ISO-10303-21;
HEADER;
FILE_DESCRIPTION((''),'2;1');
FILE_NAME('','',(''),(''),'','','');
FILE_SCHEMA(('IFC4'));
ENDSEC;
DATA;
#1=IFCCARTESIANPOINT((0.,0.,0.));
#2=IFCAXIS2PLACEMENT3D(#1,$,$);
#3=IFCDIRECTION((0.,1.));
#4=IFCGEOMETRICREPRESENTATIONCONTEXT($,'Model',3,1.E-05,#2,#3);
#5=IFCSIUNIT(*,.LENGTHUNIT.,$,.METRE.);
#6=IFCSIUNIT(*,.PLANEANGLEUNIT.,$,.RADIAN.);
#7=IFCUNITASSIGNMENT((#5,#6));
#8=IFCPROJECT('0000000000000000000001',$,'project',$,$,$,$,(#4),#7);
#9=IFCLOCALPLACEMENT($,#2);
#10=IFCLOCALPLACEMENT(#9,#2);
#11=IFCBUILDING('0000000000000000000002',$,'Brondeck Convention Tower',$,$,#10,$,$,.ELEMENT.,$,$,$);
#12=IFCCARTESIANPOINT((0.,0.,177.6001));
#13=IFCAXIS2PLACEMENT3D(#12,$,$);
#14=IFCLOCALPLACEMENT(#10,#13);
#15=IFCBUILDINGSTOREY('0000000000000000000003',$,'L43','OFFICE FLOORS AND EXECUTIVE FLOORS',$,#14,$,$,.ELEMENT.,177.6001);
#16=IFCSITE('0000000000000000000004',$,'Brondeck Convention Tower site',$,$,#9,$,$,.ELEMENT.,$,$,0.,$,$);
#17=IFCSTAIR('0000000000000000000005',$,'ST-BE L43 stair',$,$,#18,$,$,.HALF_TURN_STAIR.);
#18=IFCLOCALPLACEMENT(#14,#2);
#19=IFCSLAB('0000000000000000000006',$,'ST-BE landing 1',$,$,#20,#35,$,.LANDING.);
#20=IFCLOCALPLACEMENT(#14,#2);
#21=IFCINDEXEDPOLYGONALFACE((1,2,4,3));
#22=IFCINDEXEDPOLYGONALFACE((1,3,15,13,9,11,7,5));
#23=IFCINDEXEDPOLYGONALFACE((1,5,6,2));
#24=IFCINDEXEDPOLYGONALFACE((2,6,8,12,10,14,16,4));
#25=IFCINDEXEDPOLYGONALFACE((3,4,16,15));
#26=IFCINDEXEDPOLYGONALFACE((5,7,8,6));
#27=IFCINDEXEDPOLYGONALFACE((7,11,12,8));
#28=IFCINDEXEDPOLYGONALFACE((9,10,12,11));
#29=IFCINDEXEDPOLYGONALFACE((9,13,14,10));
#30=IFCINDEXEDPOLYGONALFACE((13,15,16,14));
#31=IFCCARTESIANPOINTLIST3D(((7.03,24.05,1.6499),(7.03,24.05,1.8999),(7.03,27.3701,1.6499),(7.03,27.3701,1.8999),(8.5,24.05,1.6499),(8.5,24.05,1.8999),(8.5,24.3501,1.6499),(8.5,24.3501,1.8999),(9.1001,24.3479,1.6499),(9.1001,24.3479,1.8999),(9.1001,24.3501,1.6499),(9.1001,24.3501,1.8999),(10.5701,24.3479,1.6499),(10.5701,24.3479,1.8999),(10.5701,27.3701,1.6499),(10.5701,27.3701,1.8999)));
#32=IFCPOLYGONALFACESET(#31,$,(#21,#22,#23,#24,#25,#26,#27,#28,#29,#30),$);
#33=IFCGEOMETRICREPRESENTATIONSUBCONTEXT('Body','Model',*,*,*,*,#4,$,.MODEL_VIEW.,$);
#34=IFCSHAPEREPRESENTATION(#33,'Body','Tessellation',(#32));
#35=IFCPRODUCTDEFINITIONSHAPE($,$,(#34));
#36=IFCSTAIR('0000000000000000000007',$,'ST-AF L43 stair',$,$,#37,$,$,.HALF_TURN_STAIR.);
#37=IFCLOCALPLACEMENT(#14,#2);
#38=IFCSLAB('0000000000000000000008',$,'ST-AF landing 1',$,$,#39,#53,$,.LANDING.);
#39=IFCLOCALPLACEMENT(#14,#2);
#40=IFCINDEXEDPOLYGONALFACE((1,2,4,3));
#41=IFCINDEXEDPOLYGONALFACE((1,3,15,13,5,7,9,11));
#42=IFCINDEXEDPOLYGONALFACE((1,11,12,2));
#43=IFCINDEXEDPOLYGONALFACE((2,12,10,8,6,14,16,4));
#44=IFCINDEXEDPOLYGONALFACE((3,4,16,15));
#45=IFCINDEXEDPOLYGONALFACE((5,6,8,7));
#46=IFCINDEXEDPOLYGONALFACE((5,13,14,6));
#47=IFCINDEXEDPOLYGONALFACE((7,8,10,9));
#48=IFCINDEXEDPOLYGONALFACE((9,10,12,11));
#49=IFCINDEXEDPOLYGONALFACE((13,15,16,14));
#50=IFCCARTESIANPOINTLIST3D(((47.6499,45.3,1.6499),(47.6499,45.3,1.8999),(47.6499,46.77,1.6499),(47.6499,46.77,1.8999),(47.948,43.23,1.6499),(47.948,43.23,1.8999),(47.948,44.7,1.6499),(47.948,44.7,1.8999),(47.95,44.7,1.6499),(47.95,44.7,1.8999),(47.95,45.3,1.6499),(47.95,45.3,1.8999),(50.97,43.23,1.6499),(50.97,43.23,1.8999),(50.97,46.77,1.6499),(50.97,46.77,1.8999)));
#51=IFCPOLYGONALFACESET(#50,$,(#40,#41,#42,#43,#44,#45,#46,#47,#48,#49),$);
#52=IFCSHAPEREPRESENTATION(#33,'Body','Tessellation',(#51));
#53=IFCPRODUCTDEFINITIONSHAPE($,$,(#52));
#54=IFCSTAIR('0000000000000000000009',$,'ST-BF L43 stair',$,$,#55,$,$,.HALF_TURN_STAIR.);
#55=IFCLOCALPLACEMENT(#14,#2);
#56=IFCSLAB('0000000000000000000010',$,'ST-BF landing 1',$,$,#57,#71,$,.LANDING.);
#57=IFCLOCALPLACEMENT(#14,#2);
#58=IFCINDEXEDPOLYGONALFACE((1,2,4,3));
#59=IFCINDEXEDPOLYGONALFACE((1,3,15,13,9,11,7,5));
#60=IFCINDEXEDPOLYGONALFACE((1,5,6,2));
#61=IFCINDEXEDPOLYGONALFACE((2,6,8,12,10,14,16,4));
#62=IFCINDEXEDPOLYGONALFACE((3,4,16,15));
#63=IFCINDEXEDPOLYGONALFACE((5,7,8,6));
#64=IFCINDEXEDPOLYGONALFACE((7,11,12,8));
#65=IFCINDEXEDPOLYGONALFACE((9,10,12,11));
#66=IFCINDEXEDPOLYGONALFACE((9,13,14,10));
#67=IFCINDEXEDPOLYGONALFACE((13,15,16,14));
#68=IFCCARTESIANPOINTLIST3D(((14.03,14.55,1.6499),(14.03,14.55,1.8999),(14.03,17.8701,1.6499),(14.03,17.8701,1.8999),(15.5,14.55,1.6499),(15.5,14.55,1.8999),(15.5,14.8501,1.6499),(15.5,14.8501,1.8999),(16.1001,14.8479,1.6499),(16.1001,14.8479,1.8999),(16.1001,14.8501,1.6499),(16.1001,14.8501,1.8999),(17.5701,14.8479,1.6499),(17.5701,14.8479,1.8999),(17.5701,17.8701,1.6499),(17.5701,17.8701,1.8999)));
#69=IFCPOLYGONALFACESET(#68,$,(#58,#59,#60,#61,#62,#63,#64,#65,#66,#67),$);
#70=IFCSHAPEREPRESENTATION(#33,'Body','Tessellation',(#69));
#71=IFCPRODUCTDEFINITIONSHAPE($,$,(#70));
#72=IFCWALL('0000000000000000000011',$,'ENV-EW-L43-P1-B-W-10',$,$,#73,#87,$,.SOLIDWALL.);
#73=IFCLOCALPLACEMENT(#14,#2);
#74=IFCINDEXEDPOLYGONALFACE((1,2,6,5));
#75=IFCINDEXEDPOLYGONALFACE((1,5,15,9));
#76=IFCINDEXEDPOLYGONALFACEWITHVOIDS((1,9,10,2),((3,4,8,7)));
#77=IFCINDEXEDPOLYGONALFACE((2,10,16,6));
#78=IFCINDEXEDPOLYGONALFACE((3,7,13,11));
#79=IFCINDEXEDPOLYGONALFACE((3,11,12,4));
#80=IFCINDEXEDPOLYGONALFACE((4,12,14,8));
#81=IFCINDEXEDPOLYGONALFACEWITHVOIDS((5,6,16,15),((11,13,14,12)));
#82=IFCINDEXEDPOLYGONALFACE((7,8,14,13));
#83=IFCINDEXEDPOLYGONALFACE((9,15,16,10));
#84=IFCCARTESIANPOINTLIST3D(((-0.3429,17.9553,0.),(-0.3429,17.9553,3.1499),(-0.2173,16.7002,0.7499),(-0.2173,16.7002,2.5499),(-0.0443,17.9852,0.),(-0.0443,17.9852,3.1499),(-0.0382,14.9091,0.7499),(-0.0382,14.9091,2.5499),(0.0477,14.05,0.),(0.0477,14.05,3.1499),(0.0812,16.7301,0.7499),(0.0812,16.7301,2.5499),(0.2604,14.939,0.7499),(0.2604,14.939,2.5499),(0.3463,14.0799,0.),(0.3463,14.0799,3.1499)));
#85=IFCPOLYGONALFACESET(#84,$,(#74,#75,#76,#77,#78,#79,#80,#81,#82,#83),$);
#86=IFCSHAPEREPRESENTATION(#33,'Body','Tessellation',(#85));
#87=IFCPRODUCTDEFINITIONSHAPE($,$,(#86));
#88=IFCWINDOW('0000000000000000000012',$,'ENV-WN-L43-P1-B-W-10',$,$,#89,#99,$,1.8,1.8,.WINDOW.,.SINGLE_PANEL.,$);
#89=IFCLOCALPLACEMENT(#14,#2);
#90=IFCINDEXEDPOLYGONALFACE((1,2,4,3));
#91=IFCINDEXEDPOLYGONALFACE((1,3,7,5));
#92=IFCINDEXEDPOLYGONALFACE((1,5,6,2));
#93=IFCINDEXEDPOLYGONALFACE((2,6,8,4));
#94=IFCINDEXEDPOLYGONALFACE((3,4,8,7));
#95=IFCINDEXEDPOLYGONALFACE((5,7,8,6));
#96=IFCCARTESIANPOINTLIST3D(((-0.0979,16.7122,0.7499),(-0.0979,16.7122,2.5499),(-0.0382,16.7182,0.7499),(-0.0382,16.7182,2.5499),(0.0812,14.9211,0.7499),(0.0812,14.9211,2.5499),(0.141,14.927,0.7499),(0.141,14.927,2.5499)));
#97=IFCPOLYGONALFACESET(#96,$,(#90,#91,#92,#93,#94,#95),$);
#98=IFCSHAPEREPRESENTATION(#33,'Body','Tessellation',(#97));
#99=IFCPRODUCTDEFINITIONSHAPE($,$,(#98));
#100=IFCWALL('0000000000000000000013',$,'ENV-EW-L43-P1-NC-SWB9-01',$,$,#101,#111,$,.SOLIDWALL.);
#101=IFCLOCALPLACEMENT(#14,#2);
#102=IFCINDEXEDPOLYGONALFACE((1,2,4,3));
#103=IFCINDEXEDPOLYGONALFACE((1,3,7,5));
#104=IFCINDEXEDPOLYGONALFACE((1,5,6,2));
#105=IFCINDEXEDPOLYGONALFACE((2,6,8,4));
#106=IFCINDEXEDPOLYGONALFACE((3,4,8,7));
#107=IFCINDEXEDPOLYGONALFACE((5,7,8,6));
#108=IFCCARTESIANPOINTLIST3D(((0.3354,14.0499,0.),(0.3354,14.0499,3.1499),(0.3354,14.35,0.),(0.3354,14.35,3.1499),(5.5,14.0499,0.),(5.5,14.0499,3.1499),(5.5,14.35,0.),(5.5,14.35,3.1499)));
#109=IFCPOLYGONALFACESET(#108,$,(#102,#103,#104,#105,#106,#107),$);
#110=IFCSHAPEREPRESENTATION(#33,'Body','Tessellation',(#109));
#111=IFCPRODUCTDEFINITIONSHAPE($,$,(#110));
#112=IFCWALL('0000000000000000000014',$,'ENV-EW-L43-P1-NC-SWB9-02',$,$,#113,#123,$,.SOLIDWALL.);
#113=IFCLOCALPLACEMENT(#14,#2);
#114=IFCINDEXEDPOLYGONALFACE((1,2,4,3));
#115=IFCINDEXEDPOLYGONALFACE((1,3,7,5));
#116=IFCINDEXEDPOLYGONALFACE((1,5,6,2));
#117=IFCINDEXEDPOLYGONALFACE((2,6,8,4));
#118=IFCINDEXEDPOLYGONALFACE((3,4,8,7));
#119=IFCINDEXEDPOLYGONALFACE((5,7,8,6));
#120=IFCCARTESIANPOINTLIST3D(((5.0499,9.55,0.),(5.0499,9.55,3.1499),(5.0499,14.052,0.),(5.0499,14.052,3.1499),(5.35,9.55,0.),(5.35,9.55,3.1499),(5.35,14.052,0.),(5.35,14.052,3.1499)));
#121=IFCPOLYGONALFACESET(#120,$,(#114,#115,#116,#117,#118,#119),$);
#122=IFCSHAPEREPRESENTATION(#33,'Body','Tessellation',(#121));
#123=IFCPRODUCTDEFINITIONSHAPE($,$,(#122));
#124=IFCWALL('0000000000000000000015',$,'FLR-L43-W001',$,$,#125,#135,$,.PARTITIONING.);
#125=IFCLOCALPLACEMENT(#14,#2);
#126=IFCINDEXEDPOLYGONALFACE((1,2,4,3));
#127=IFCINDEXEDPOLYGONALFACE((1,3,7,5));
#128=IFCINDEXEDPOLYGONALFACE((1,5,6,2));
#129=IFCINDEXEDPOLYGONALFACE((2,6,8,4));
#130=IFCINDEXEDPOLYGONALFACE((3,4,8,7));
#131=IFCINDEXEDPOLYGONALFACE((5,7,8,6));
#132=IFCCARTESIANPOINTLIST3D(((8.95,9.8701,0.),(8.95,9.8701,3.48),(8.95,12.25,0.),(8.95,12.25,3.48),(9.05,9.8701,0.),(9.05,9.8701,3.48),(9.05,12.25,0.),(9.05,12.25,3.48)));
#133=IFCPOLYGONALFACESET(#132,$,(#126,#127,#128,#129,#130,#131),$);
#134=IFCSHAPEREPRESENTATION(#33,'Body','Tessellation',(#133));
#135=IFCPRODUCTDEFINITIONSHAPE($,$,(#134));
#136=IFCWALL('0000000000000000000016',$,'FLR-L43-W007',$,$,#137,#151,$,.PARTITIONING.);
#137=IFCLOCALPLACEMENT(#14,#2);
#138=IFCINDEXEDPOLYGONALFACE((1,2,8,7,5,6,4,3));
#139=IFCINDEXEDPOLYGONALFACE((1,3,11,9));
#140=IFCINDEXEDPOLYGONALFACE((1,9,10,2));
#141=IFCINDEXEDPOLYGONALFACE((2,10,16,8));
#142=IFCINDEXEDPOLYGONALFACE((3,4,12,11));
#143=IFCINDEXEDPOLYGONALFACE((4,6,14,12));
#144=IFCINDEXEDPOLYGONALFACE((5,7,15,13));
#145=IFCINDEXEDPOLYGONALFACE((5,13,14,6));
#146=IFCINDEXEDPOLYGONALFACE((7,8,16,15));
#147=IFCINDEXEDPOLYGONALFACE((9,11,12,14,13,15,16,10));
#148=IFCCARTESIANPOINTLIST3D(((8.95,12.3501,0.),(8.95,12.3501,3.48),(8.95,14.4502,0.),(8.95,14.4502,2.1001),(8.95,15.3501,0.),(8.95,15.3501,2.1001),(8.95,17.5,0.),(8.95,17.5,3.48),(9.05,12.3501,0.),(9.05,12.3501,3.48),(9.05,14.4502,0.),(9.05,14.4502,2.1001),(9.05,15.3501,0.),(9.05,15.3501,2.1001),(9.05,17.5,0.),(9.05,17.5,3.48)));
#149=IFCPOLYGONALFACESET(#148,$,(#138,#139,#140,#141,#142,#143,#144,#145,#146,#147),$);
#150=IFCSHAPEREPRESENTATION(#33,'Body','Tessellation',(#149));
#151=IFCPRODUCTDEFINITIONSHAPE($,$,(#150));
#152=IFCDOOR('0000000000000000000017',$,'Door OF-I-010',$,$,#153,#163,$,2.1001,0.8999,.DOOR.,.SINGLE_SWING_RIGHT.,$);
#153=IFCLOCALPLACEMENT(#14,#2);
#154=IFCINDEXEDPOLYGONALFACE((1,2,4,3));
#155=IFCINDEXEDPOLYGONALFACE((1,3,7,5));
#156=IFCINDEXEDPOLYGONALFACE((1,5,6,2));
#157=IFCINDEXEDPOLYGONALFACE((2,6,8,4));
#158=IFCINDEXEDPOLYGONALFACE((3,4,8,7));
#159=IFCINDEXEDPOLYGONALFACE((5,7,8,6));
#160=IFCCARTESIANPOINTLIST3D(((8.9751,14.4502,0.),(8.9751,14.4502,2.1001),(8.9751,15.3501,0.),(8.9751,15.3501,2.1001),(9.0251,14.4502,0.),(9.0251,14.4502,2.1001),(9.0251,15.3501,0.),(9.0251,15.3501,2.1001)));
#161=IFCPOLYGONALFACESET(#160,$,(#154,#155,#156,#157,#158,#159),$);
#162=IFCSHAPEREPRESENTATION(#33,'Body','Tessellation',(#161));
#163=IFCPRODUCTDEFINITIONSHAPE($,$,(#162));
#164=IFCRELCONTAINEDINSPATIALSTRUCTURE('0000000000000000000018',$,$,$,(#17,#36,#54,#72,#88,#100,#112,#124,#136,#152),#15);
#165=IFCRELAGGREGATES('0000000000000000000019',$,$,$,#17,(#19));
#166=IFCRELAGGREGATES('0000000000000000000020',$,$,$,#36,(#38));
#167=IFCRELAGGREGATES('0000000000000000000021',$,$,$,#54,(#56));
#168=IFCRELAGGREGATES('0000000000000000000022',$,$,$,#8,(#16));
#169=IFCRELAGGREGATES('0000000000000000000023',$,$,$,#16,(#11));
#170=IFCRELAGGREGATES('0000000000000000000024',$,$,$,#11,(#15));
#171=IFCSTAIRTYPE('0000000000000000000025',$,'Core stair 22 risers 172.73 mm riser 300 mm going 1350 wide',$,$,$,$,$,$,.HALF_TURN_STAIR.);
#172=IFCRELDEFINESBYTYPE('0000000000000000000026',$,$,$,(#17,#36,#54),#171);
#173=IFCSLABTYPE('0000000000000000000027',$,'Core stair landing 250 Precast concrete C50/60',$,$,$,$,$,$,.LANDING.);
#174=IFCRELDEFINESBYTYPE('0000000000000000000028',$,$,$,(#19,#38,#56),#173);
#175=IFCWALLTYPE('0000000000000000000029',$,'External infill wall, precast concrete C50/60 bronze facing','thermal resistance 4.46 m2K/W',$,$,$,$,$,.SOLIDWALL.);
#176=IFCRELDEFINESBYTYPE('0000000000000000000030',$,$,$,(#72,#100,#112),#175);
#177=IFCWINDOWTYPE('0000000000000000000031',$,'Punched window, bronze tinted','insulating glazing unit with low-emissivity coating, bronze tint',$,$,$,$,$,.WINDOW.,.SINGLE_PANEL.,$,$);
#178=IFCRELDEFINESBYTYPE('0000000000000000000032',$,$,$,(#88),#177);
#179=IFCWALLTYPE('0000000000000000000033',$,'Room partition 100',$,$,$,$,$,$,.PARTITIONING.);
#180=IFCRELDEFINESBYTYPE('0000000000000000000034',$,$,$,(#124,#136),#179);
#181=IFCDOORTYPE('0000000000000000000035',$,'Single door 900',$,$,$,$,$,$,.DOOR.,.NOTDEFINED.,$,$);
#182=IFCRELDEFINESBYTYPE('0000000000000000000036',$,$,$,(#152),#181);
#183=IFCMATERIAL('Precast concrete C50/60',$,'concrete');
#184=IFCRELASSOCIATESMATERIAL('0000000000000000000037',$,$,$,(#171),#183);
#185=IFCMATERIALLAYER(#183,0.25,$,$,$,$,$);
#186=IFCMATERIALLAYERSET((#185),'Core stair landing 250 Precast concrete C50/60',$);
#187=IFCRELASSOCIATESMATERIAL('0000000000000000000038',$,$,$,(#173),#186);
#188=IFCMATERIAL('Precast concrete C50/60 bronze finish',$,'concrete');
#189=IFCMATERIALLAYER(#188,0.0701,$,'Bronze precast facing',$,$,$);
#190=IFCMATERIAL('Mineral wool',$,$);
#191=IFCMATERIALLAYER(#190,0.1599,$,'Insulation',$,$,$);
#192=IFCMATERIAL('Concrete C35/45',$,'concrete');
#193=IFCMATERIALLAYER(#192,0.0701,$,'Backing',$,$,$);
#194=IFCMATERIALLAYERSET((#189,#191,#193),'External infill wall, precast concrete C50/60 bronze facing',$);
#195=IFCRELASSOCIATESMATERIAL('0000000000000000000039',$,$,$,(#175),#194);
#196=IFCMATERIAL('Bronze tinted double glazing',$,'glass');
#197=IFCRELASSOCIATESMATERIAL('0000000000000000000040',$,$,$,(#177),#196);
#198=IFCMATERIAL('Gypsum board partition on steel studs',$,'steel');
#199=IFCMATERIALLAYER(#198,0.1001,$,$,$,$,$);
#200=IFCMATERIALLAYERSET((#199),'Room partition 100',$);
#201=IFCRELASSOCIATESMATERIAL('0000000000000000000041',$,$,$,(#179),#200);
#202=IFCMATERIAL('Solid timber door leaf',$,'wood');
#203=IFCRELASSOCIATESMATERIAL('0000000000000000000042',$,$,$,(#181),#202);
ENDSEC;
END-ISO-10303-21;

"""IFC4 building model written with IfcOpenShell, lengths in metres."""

from ifc_helpers import new_model, si_unit, direction, frame, frame_2d, origin, place, context, subcontext, project, spatial, polyline, rectangle, outline, extrude, material, layer, layer_set, type_object, element, fill, aggregate, save


model = new_model("IFC4")

# Units and contexts
model_context = context("Model", 3, precision=1e-05, world=origin(), true_north=direction((0.0, 1.0)))
body_context = subcontext(model_context, "Body", "Model", "MODEL_VIEW")
ifc_project = project(units=[si_unit("LENGTHUNIT", "METRE"), si_unit("PLANEANGLEUNIT", "RADIAN")], contexts=[model_context])

# Site, building, storey
site_placement = place(None, origin())
site = spatial("IfcSite", under=ifc_project, at=site_placement, Name="Brondeck Convention Tower site", CompositionType="ELEMENT", RefElevation=0.0)
building_placement = place(site_placement, origin())
building = spatial("IfcBuilding", under=site, at=building_placement, Name="Brondeck Convention Tower", CompositionType="ELEMENT")
storey_placement = place(building_placement, frame((0.0, 0.0, 177.6001)))
storey = spatial("IfcBuildingStorey", under=building, at=storey_placement, Name="L43", Description="OFFICE FLOORS AND EXECUTIVE FLOORS", CompositionType="ELEMENT", Elevation=177.6001)

# Shared definitions
ifc_material_1 = material(Name="Concrete C35/45", Category="concrete")

# Stairs, slabs
ifc_material_2 = material(Name="Precast concrete C50/60", Category="concrete")
stair_type = type_object("IfcStairType", Name="Core stair 22 risers 172.73 mm riser 300 mm going 1350 wide", PredefinedType="HALF_TURN_STAIR", material=ifc_material_2)
ifc_layer_1 = layer(ifc_material_2, 0.25)
ifc_layer_set_1 = layer_set([ifc_layer_1], Name="Core stair landing 250 Precast concrete C50/60")
slab_type_1 = type_object("IfcSlabType", Name="Core stair landing 250 Precast concrete C50/60", PredefinedType="LANDING", material=ifc_layer_set_1)
stair_1_placement = place(storey_placement, origin())
stair_1 = element("IfcStair", 1, at=stair_1_placement, inside=storey, type_object=stair_type, Name="ST-BE L43 stair", PredefinedType="HALF_TURN_STAIR")
slab_1_placement = place(storey_placement, frame((0.0, 0.0, 1.6499)))
slab_1 = element("IfcSlab", 2, at=slab_1_placement, type_object=slab_type_1, Name="ST-BE landing 1", PredefinedType="LANDING", context=body_context, shape_type="SweptSolid", body=[
    extrude(outline(polyline([(7.03, 24.05), (7.03, 27.3701), (10.5701, 27.3701), (10.5701, 24.3479), (9.1001, 24.3479), (9.1001, 24.3501), (8.5, 24.3501), (8.5, 24.05), (7.03, 24.05)])), origin(), (0.0, 0.0, 1.0), 0.25),
])
aggregate(stair_1, [slab_1])
stair_2_placement = place(storey_placement, origin())
stair_2 = element("IfcStair", 3, at=stair_2_placement, inside=storey, type_object=stair_type, Name="ST-AF L43 stair", PredefinedType="HALF_TURN_STAIR")
slab_2_placement = place(storey_placement, frame((0.0, 0.0, 1.6499)))
slab_2 = element("IfcSlab", 4, at=slab_2_placement, type_object=slab_type_1, Name="ST-AF landing 1", PredefinedType="LANDING", context=body_context, shape_type="SweptSolid", body=[
    extrude(outline(polyline([(47.948, 44.7), (47.95, 44.7), (47.95, 45.3), (47.6499, 45.3), (47.6499, 46.77), (50.97, 46.77), (50.97, 43.23), (47.948, 43.23), (47.948, 44.7)])), origin(), (0.0, 0.0, 1.0), 0.25),
])
aggregate(stair_2, [slab_2])
stair_3_placement = place(storey_placement, origin())
stair_3 = element("IfcStair", 5, at=stair_3_placement, inside=storey, type_object=stair_type, Name="ST-BF L43 stair", PredefinedType="HALF_TURN_STAIR")
slab_3_placement = place(storey_placement, frame((0.0, 0.0, 1.6499)))
slab_3 = element("IfcSlab", 6, at=slab_3_placement, type_object=slab_type_1, Name="ST-BF landing 1", PredefinedType="LANDING", context=body_context, shape_type="SweptSolid", body=[
    extrude(outline(polyline([(14.03, 14.55), (14.03, 17.8701), (17.5701, 17.8701), (17.5701, 14.8479), (16.1001, 14.8479), (16.1001, 14.8501), (15.5, 14.8501), (15.5, 14.55), (14.03, 14.55)])), origin(), (0.0, 0.0, 1.0), 0.25),
])
aggregate(stair_3, [slab_3])

# Wall, opening, window
ifc_material_3 = material(Name="Precast concrete C50/60 bronze finish", Category="concrete")
ifc_layer_2 = layer(ifc_material_3, 0.0701, Name="Bronze precast facing")
ifc_material_4 = material(Name="Mineral wool")
ifc_layer_3 = layer(ifc_material_4, 0.1599, Name="Insulation")
ifc_layer_4 = layer(ifc_material_1, 0.0701, Name="Backing")
ifc_layer_set_2 = layer_set([ifc_layer_2, ifc_layer_3, ifc_layer_4], Name="External infill wall, precast concrete C50/60 bronze facing")
wall_type_1 = type_object("IfcWallType", Name="External infill wall, precast concrete C50/60 bronze facing", Description="thermal resistance 4.46 m2K/W", PredefinedType="SOLIDWALL", material=ifc_layer_set_2)
wall_1_placement = place(storey_placement, frame((0.197, 14.0649, 0.0), z_axis=(0.0, 0.0, 1.0), x_axis=(-0.099528, 0.995035, 0.0)))
wall_1 = element("IfcWall", 7, at=wall_1_placement, inside=storey, type_object=wall_type_1, Name="ENV-EW-L43-P1-B-W-10", PredefinedType="SOLIDWALL", context=body_context, shape_type="SweptSolid", body=[
    extrude(rectangle(XDim=3.9248, YDim=0.3, at=frame_2d((1.9624, 0.0))), origin(), (0.0, 0.0, 1.0), 3.1499),
])
opening_1_placement = place(wall_1_placement, frame((0.8635, 0.0, 0.75)))
opening_1 = element("IfcOpeningElement", 8, at=opening_1_placement, cuts=wall_1, PredefinedType="OPENING", context=body_context, shape_type="SweptSolid", body=[
    extrude(rectangle(XDim=1.8, YDim=1.8, at=frame_2d((0.8999, 0.8999))), frame((0.0, 0.1599, 0.0), z_axis=(0.0, -1.0, 0.0), x_axis=(1.0, 0.0, 0.0)), (0.0, 0.0, 1.0), 0.3201),
])
ifc_material_5 = material(Name="Bronze tinted double glazing", Category="glass")
window_type = type_object("IfcWindowType", Name="Punched window, bronze tinted", Description="insulating glazing unit with low-emissivity coating, bronze tint", PartitioningType="SINGLE_PANEL", PredefinedType="WINDOW", material=ifc_material_5)
window_placement = place(opening_1_placement, origin())
window = element("IfcWindow", 9, at=window_placement, inside=storey, type_object=window_type, Name="ENV-WN-L43-P1-B-W-10", OverallHeight=1.8, OverallWidth=1.8, PartitioningType="SINGLE_PANEL", PredefinedType="WINDOW", context=body_context, shape_type="SweptSolid", body=[
    extrude(rectangle(XDim=1.8, YDim=1.8, at=frame_2d((0.8999, 0.8999))), frame((0.0, 0.03, 0.0), z_axis=(0.0, -1.0, 0.0), x_axis=(1.0, 0.0, 0.0)), (0.0, 0.0, 1.0), 0.0601),
])
fill(opening_1, window)

# Walls
wall_2_placement = place(storey_placement, frame((5.5, 14.2, 0.0), z_axis=(0.0, 0.0, 1.0), x_axis=(-1.0, 0.0, 0.0)))
element("IfcWall", 10, at=wall_2_placement, inside=storey, type_object=wall_type_1, Name="ENV-EW-L43-P1-NC-SWB9-01", PredefinedType="SOLIDWALL", context=body_context, shape_type="SweptSolid", body=[
    extrude(rectangle(XDim=5.1646, YDim=0.3, at=frame_2d((2.5823, 0.0))), origin(), (0.0, 0.0, 1.0), 3.1499),
])
wall_3_placement = place(storey_placement, frame((5.2, 9.55, 0.0), z_axis=(0.0, 0.0, 1.0), x_axis=(0.0, 1.0, 0.0)))
element("IfcWall", 11, at=wall_3_placement, inside=storey, type_object=wall_type_1, Name="ENV-EW-L43-P1-NC-SWB9-02", PredefinedType="SOLIDWALL", context=body_context, shape_type="SweptSolid", body=[
    extrude(rectangle(XDim=4.502, YDim=0.3, at=frame_2d((2.251, 0.0))), origin(), (0.0, 0.0, 1.0), 3.1499),
])
ifc_material_6 = material(Name="Gypsum board partition on steel studs", Category="steel")
ifc_layer_5 = layer(ifc_material_6, 0.1001)
ifc_layer_set_3 = layer_set([ifc_layer_5], Name="Room partition 100")
wall_type_2 = type_object("IfcWallType", Name="Room partition 100", PredefinedType="PARTITIONING", material=ifc_layer_set_3)
wall_4_placement = place(storey_placement, frame((9.0, 9.8701, 0.0), z_axis=(0.0, 0.0, 1.0), x_axis=(0.0, 1.0, 0.0)))
element("IfcWall", 12, at=wall_4_placement, inside=storey, type_object=wall_type_2, Name="FLR-L43-W001", PredefinedType="PARTITIONING", context=body_context, shape_type="SweptSolid", body=[
    extrude(rectangle(XDim=2.3799, YDim=0.1001, at=frame_2d((1.1899, 0.0))), origin(), (0.0, 0.0, 1.0), 3.48),
])

# Wall, opening, door
wall_5_placement = place(storey_placement, frame((9.0, 12.3501, 0.0), z_axis=(0.0, 0.0, 1.0), x_axis=(0.0, 1.0, 0.0)))
wall_5 = element("IfcWall", 13, at=wall_5_placement, inside=storey, type_object=wall_type_2, Name="FLR-L43-W007", PredefinedType="PARTITIONING", context=body_context, shape_type="SweptSolid", body=[
    extrude(rectangle(XDim=5.1499, YDim=0.1001, at=frame_2d((2.575, 0.0))), origin(), (0.0, 0.0, 1.0), 3.48),
])
opening_2_placement = place(wall_5_placement, frame((2.1001, 0.0, 0.0)))
opening_2 = element("IfcOpeningElement", 14, at=opening_2_placement, cuts=wall_5, PredefinedType="OPENING", context=body_context, shape_type="SweptSolid", body=[
    extrude(rectangle(XDim=0.8999, YDim=2.1001, at=frame_2d((0.45, 1.05))), frame((0.0, 0.0601, 0.0), z_axis=(0.0, -1.0, 0.0), x_axis=(1.0, 0.0, 0.0)), (0.0, 0.0, 1.0), 0.1201),
])
ifc_material_7 = material(Name="Solid timber door leaf", Category="wood")
door_type = type_object("IfcDoorType", Name="Single door 900", OperationType="NOTDEFINED", PredefinedType="DOOR", material=ifc_material_7)
door_placement = place(opening_2_placement, origin())
door = element("IfcDoor", 15, at=door_placement, inside=storey, type_object=door_type, Name="Door OF-I-010", OperationType="SINGLE_SWING_RIGHT", OverallHeight=2.1001, OverallWidth=0.8999, PredefinedType="DOOR", context=body_context, shape_type="SweptSolid", body=[
    extrude(rectangle(XDim=0.8999, YDim=2.1001, at=frame_2d((0.45, 1.05))), frame((0.0, 0.0249, 0.0), z_axis=(0.0, -1.0, 0.0), x_axis=(1.0, 0.0, 0.0)), (0.0, 0.0, 1.0), 0.05),
])
fill(opening_2, door)

save(model, "model.ifc")
